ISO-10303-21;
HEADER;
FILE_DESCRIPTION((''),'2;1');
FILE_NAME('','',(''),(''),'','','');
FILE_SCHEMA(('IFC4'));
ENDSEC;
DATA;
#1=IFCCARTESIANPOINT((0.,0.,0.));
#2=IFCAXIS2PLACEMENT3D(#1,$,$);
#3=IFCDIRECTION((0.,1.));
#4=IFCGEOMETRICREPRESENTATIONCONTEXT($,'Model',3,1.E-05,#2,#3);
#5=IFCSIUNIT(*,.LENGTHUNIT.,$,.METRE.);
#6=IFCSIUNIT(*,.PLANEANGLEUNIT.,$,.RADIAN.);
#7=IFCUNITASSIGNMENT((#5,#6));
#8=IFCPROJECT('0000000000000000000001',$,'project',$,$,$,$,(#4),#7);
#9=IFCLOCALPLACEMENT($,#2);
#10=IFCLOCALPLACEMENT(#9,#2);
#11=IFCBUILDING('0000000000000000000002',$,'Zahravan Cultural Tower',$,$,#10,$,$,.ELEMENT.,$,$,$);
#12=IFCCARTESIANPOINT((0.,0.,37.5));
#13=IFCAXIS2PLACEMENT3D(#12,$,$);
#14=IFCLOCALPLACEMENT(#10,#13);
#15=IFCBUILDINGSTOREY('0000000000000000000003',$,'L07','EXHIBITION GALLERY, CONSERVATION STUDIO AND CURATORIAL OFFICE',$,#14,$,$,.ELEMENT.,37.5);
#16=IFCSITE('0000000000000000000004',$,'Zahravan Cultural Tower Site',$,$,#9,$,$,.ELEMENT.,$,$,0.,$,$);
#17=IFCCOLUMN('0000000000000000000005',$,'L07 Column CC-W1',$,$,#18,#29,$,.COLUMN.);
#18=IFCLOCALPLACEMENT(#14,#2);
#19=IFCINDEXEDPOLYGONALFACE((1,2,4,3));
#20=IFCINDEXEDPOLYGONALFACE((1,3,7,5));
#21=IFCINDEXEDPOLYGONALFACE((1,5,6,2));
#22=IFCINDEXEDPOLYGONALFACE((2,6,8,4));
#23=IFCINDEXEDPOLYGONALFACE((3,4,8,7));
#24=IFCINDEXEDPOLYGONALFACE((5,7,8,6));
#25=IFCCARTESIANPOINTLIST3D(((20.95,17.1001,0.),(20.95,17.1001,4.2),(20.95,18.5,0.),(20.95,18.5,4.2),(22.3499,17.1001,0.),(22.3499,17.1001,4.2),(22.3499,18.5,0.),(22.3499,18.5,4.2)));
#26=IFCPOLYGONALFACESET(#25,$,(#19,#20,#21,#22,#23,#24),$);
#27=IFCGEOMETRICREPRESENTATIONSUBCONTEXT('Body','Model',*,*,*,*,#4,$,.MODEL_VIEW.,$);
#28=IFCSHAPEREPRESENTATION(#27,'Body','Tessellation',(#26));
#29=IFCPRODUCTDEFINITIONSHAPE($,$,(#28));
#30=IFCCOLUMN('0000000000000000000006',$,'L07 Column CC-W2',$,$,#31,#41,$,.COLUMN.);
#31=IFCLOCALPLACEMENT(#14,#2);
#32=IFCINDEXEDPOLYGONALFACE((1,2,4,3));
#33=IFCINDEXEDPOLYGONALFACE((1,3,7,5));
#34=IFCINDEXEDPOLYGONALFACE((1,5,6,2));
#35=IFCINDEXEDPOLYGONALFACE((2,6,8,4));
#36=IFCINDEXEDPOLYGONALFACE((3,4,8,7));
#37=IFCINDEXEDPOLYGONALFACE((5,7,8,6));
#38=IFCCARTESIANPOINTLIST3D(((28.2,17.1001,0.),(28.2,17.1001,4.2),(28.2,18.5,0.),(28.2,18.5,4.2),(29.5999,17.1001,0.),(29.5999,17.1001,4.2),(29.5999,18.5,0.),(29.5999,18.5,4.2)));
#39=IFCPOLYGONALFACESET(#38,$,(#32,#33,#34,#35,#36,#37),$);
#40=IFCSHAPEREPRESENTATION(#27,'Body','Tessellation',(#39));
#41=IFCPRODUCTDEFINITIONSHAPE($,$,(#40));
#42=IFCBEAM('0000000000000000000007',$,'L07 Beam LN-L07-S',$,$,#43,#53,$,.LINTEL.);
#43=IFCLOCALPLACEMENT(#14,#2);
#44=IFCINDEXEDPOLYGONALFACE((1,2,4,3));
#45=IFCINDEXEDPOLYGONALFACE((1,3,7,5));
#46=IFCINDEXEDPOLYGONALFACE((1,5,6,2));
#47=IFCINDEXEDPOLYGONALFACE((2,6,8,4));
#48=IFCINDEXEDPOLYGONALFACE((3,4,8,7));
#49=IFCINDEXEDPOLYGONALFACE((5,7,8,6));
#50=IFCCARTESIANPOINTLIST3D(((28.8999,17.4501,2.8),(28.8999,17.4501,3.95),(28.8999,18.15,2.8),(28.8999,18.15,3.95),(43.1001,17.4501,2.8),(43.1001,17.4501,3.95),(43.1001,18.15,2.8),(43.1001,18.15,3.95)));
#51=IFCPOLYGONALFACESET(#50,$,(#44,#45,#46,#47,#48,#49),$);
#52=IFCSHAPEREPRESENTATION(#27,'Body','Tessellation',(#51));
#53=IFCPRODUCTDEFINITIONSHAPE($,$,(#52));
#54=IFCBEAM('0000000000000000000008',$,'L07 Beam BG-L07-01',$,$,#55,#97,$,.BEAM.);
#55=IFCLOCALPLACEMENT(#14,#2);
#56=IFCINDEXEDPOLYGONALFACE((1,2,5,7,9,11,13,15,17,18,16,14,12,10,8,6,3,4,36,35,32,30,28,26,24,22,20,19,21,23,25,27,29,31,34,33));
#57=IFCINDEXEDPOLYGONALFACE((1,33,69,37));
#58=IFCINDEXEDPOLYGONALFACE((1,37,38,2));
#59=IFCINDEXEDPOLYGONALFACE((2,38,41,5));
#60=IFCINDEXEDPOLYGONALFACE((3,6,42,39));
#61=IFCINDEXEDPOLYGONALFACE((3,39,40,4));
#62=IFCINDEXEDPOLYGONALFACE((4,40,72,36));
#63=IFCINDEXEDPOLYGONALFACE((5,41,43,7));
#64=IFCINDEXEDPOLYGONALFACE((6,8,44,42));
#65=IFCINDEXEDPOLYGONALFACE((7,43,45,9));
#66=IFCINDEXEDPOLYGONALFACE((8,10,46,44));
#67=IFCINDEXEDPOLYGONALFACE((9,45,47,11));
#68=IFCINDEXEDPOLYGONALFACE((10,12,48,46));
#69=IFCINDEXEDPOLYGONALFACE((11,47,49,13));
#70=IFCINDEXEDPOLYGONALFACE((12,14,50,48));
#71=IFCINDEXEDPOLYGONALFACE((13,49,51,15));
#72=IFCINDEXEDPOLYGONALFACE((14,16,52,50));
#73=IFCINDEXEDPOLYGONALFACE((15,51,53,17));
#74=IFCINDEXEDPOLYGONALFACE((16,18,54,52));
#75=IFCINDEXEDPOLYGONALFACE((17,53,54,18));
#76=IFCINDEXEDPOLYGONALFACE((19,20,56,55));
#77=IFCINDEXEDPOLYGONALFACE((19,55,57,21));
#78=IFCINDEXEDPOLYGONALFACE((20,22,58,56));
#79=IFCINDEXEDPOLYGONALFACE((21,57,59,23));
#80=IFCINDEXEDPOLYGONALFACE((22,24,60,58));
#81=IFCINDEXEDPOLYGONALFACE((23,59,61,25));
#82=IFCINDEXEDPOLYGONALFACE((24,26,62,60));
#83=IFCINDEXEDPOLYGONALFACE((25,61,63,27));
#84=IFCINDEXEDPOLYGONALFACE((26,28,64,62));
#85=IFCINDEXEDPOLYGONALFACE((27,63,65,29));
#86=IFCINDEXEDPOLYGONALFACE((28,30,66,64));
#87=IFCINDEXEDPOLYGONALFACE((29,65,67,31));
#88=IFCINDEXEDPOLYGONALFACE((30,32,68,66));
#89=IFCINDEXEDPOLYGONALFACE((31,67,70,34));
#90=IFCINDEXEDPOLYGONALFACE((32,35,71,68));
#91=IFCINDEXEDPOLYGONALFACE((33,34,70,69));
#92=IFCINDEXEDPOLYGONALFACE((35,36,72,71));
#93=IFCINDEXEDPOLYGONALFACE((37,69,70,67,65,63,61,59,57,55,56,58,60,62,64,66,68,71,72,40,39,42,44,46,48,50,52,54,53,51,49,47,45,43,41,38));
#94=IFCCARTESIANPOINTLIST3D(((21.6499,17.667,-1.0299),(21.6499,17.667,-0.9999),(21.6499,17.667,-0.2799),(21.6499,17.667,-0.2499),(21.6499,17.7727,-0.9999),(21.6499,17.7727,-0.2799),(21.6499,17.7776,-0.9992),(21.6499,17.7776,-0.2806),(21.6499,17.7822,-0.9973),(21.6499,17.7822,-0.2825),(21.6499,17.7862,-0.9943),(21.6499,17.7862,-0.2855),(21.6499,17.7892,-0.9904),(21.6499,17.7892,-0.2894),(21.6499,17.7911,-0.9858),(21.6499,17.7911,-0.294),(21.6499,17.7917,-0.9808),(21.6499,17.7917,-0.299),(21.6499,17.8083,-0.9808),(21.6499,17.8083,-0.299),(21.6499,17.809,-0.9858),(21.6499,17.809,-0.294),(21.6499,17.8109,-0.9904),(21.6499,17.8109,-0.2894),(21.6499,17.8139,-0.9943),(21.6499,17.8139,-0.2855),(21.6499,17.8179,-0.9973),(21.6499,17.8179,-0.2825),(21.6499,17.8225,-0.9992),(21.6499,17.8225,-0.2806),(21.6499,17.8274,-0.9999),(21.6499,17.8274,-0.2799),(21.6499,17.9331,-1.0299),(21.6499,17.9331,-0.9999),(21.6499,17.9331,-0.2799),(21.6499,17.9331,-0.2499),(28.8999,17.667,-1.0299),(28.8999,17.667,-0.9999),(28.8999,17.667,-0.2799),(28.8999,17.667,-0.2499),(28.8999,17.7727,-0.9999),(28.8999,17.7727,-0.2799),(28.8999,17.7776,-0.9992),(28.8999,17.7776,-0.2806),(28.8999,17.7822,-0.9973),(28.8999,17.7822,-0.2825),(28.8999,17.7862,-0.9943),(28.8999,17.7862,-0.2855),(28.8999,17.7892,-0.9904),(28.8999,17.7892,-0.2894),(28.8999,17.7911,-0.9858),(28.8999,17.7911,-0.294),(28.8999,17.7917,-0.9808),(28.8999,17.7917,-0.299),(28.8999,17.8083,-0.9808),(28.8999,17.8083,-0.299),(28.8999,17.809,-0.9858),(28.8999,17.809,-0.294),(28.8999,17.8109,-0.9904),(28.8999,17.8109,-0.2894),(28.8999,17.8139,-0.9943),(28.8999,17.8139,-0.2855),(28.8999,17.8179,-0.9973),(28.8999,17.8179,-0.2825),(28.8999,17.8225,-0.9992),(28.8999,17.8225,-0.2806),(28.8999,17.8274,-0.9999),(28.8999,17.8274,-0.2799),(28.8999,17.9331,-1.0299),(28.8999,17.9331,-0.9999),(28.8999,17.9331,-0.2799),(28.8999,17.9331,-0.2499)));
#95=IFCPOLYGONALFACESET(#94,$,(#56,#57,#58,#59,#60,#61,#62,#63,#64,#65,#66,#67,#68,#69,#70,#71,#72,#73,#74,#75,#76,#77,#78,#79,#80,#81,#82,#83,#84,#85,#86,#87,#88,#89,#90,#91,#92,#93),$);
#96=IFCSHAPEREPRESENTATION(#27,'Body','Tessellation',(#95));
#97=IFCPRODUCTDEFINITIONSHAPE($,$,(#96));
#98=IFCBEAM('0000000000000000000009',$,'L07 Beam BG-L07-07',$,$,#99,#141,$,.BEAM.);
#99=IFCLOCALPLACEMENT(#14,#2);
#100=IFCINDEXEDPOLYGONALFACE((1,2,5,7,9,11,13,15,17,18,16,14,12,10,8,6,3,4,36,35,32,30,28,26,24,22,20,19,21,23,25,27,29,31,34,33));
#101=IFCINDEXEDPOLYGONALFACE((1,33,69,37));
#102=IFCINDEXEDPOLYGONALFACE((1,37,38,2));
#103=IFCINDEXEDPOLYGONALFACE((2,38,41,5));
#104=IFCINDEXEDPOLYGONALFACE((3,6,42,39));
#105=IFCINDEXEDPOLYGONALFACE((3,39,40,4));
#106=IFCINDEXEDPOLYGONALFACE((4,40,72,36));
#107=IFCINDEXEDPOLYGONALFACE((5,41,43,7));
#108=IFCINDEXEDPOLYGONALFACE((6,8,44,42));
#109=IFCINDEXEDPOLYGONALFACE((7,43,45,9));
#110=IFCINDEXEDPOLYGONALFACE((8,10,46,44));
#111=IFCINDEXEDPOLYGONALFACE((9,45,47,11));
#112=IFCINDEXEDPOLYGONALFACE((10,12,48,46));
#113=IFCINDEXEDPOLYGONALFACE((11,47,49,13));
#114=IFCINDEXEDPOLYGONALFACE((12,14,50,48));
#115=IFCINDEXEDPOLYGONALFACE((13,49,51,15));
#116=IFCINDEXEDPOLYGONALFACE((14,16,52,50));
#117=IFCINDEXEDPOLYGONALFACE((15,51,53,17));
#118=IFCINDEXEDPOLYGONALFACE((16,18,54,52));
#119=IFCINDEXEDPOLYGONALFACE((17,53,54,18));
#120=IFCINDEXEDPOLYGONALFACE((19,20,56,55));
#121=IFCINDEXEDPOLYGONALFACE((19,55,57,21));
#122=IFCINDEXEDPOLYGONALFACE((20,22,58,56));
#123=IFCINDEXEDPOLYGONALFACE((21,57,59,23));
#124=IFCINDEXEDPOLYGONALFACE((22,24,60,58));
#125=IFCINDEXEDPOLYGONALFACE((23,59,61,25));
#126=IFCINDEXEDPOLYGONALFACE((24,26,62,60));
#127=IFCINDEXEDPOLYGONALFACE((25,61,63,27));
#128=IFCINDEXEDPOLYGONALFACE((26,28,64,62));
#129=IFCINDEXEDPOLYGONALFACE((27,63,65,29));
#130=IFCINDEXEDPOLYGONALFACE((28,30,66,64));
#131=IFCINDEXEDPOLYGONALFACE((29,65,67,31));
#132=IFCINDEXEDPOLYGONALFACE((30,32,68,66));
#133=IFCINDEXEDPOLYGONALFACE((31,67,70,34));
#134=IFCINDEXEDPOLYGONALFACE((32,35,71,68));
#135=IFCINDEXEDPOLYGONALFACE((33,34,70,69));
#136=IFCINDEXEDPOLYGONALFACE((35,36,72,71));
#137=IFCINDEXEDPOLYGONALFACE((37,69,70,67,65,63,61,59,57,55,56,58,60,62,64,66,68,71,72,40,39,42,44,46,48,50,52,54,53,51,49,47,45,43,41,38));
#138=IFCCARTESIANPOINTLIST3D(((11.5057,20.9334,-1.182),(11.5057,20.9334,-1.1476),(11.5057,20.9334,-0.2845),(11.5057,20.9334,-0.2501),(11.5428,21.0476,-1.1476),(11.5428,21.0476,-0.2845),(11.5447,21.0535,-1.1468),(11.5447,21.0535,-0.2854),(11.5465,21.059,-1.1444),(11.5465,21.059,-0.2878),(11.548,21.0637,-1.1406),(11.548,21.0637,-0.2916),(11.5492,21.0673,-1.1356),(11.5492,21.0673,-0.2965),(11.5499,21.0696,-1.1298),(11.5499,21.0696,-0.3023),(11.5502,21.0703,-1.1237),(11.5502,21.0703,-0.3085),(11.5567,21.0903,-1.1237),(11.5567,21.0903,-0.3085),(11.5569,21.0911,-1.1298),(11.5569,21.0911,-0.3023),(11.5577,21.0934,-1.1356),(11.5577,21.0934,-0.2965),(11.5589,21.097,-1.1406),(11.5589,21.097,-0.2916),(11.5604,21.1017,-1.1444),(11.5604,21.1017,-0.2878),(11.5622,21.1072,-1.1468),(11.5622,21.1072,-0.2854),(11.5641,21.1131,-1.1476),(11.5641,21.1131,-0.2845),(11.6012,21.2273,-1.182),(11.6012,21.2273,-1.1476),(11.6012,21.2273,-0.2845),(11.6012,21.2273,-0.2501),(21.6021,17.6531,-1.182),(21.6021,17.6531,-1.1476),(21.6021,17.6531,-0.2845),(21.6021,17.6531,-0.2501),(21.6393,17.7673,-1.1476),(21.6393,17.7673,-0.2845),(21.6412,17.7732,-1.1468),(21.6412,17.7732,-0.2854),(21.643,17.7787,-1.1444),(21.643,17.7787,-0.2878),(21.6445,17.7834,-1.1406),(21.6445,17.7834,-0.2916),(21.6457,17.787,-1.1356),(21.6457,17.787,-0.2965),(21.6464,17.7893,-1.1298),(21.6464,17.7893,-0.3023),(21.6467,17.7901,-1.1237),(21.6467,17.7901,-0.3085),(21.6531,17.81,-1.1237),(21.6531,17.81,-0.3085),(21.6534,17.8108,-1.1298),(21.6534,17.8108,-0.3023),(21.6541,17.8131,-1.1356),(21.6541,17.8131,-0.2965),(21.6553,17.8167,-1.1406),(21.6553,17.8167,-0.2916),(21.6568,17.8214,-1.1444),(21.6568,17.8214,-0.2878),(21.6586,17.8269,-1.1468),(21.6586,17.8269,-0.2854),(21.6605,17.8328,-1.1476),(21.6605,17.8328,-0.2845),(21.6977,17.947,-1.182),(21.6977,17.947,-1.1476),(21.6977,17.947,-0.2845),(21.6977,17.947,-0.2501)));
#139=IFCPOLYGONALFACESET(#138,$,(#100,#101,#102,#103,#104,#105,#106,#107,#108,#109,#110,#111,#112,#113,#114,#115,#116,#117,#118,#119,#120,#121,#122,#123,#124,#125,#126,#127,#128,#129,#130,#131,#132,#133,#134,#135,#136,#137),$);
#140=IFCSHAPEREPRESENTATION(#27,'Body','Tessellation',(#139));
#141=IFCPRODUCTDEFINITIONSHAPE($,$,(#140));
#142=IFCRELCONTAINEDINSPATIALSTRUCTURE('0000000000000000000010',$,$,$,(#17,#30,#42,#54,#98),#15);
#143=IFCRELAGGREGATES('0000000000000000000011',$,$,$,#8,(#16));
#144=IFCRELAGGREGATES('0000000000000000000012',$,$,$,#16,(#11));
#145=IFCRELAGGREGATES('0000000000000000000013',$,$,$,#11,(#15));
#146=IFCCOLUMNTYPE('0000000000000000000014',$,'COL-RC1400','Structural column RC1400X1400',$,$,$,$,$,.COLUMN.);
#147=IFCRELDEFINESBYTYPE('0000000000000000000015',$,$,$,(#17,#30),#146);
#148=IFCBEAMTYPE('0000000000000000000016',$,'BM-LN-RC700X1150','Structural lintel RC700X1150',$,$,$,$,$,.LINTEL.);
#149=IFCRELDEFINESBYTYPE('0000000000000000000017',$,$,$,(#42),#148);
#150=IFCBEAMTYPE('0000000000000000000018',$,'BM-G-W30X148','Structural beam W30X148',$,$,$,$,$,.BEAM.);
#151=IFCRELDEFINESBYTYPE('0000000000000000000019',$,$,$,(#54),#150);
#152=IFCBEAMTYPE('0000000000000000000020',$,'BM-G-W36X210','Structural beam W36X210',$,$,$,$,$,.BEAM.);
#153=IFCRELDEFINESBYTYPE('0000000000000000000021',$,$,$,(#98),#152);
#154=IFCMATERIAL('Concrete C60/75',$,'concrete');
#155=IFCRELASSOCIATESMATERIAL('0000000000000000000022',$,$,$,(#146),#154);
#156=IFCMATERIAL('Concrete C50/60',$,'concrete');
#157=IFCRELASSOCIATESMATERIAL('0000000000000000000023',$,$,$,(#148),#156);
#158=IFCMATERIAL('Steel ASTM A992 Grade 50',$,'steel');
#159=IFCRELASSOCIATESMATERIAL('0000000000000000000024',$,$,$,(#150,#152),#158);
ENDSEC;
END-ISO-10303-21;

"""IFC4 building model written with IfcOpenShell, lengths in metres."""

from ifc_helpers import new_model, si_unit, direction, frame, origin, origin_2d, place, context, subcontext, project, spatial, rectangle, i_section, extrude, source, transform, mapped, material, material_profile, profile_set, type_object, element, save


model = new_model("IFC4")

# Units and contexts
model_context = context("Model", 3, precision=1e-05, world=origin(), true_north=direction((0.0, 1.0)))
body_context = subcontext(model_context, "Body", "Model", "MODEL_VIEW")
ifc_project = project(units=[si_unit("LENGTHUNIT", "METRE"), si_unit("PLANEANGLEUNIT", "RADIAN")], contexts=[model_context])

# Site, building, storey
site_placement = place(None, origin())
site = spatial("IfcSite", under=ifc_project, at=site_placement, Name="Zahravan Cultural Tower Site", CompositionType="ELEMENT", RefElevation=0.0)
building_placement = place(site_placement, origin())
building = spatial("IfcBuilding", under=site, at=building_placement, Name="Zahravan Cultural Tower", CompositionType="ELEMENT")
storey_placement = place(building_placement, frame((0.0, 0.0, 37.5)))
storey = spatial("IfcBuildingStorey", under=building, at=storey_placement, Name="L07", Description="EXHIBITION GALLERY, CONSERVATION STUDIO AND CURATORIAL OFFICE", CompositionType="ELEMENT", Elevation=37.5)

# Columns
ifc_material_1 = material(Name="Concrete C60/75", Category="concrete")
ifc_material_profile_1 = material_profile(ifc_material_1, rectangle(XDim=1.3999, YDim=1.3999, at=origin_2d()), Name="RC1400X1400")
ifc_profile_set_1 = profile_set([ifc_material_profile_1], Name="Concrete C60/75")
column_type = type_object("IfcColumnType", Name="COL-RC1400", Description="Structural column RC1400X1400", PredefinedType="COLUMN", material=ifc_profile_set_1)
shared_shape_1 = source(origin(), body_context, "Body", "SweptSolid", [
    extrude(rectangle(XDim=1.3999, YDim=1.3999, at=origin_2d()), origin(), (0.0, 0.0, 1.0), 4.2),
])
for number, where, z_axis, x_axis, name in (
    (1, (21.6499, 17.8, 0.0), (0.0, 0.0, 1.0), (1.0, 0.0, 0.0), "L07 Column CC-W1"),
    (2, (28.8999, 17.8, 0.0), (0.0, 0.0, 1.0), (1.0, 0.0, 0.0), "L07 Column CC-W2"),
):
    element("IfcColumn", number, at=place(storey_placement, frame(where, z_axis=z_axis, x_axis=x_axis)), inside=storey, type_object=column_type, Name=name, PredefinedType="COLUMN", context=body_context, shape_type="MappedRepresentation", body=[
        mapped(shared_shape_1, transform((0.0, 0.0, 0.0), x_axis=(1.0, 0.0, 0.0), y_axis=(0.0, 1.0, 0.0), z_axis=(0.0, 0.0, 1.0), scale=1.0)),
    ])

# Beams
ifc_material_2 = material(Name="Concrete C50/60", Category="concrete")
ifc_material_profile_2 = material_profile(ifc_material_2, rectangle(XDim=0.7, YDim=1.1499, at=origin_2d()), Name="RC700X1150")
ifc_profile_set_2 = profile_set([ifc_material_profile_2], Name="Concrete C50/60")
beam_type_1 = type_object("IfcBeamType", Name="BM-LN-RC700X1150", Description="Structural lintel RC700X1150", PredefinedType="LINTEL", material=ifc_profile_set_2)
shared_shape_2 = source(origin(), body_context, "Body", "SweptSolid", [
    extrude(rectangle(XDim=0.7, YDim=1.1499, at=origin_2d()), origin(), (0.0, 0.0, 1.0), 14.2002),
])
beam_1_placement = place(storey_placement, frame((28.8999, 17.8, 3.375), z_axis=(1.0, 0.0, 0.0), x_axis=(0.0, 1.0, 0.0)))
element("IfcBeam", 3, at=beam_1_placement, inside=storey, type_object=beam_type_1, Name="L07 Beam LN-L07-S", PredefinedType="LINTEL", context=body_context, shape_type="MappedRepresentation", body=[
    mapped(shared_shape_2, transform((0.0, 0.0, 0.0), x_axis=(1.0, 0.0, 0.0), y_axis=(0.0, 1.0, 0.0), z_axis=(0.0, 0.0, 1.0), scale=1.0)),
])
ifc_material_3 = material(Name="Steel ASTM A992 Grade 50", Category="steel")
ifc_material_profile_3 = material_profile(ifc_material_3, i_section(OverallWidth=0.2661, OverallDepth=0.78, WebThickness=0.0166, FlangeThickness=0.03, FilletRadius=0.019, at=origin_2d()), Name="W30X148")
ifc_profile_set_3 = profile_set([ifc_material_profile_3], Name="Steel ASTM A992 Grade 50")
beam_type_2 = type_object("IfcBeamType", Name="BM-G-W30X148", Description="Structural beam W30X148", PredefinedType="BEAM", material=ifc_profile_set_3)
shared_shape_3 = source(origin(), body_context, "Body", "SweptSolid", [
    extrude(i_section(OverallWidth=0.2661, OverallDepth=0.78, WebThickness=0.0166, FlangeThickness=0.03, FilletRadius=0.019, at=origin_2d()), origin(), (0.0, 0.0, 1.0), 7.25),
])
beam_2_placement = place(storey_placement, frame((21.6499, 17.8, -0.6399), z_axis=(1.0, 0.0, 0.0), x_axis=(0.0, 1.0, 0.0)))
element("IfcBeam", 4, at=beam_2_placement, inside=storey, type_object=beam_type_2, Name="L07 Beam BG-L07-01", PredefinedType="BEAM", context=body_context, shape_type="MappedRepresentation", body=[
    mapped(shared_shape_3, transform((0.0, 0.0, 0.0), x_axis=(1.0, 0.0, 0.0), y_axis=(0.0, 1.0, 0.0), z_axis=(0.0, 0.0, 1.0), scale=1.0)),
])
ifc_material_profile_4 = material_profile(ifc_material_3, i_section(OverallWidth=0.3091, OverallDepth=0.9319, WebThickness=0.021, FlangeThickness=0.0344, FilletRadius=0.0239, at=origin_2d()), Name="W36X210")
ifc_profile_set_4 = profile_set([ifc_material_profile_4], Name="Steel ASTM A992 Grade 50")
beam_type_3 = type_object("IfcBeamType", Name="BM-G-W36X210", Description="Structural beam W36X210", PredefinedType="BEAM", material=ifc_profile_set_4)
shared_shape_4 = source(origin(), body_context, "Body", "SweptSolid", [
    extrude(i_section(OverallWidth=0.3091, OverallDepth=0.9319, WebThickness=0.021, FlangeThickness=0.0344, FilletRadius=0.0239, at=origin_2d()), origin(), (0.0, 0.0, 1.0), 10.616),
])
beam_3_placement = place(storey_placement, frame((21.6499, 17.8, -0.7161), z_axis=(-0.951064, 0.308995, 0.0), x_axis=(-0.308995, -0.951064, 0.0)))
element("IfcBeam", 5, at=beam_3_placement, inside=storey, type_object=beam_type_3, Name="L07 Beam BG-L07-07", PredefinedType="BEAM", context=body_context, shape_type="MappedRepresentation", body=[
    mapped(shared_shape_4, transform((0.0, 0.0, 0.0), x_axis=(1.0, 0.0, 0.0), y_axis=(0.0, 1.0, 0.0), z_axis=(0.0, 0.0, 1.0), scale=1.0)),
])

save(model, "model.ifc")
